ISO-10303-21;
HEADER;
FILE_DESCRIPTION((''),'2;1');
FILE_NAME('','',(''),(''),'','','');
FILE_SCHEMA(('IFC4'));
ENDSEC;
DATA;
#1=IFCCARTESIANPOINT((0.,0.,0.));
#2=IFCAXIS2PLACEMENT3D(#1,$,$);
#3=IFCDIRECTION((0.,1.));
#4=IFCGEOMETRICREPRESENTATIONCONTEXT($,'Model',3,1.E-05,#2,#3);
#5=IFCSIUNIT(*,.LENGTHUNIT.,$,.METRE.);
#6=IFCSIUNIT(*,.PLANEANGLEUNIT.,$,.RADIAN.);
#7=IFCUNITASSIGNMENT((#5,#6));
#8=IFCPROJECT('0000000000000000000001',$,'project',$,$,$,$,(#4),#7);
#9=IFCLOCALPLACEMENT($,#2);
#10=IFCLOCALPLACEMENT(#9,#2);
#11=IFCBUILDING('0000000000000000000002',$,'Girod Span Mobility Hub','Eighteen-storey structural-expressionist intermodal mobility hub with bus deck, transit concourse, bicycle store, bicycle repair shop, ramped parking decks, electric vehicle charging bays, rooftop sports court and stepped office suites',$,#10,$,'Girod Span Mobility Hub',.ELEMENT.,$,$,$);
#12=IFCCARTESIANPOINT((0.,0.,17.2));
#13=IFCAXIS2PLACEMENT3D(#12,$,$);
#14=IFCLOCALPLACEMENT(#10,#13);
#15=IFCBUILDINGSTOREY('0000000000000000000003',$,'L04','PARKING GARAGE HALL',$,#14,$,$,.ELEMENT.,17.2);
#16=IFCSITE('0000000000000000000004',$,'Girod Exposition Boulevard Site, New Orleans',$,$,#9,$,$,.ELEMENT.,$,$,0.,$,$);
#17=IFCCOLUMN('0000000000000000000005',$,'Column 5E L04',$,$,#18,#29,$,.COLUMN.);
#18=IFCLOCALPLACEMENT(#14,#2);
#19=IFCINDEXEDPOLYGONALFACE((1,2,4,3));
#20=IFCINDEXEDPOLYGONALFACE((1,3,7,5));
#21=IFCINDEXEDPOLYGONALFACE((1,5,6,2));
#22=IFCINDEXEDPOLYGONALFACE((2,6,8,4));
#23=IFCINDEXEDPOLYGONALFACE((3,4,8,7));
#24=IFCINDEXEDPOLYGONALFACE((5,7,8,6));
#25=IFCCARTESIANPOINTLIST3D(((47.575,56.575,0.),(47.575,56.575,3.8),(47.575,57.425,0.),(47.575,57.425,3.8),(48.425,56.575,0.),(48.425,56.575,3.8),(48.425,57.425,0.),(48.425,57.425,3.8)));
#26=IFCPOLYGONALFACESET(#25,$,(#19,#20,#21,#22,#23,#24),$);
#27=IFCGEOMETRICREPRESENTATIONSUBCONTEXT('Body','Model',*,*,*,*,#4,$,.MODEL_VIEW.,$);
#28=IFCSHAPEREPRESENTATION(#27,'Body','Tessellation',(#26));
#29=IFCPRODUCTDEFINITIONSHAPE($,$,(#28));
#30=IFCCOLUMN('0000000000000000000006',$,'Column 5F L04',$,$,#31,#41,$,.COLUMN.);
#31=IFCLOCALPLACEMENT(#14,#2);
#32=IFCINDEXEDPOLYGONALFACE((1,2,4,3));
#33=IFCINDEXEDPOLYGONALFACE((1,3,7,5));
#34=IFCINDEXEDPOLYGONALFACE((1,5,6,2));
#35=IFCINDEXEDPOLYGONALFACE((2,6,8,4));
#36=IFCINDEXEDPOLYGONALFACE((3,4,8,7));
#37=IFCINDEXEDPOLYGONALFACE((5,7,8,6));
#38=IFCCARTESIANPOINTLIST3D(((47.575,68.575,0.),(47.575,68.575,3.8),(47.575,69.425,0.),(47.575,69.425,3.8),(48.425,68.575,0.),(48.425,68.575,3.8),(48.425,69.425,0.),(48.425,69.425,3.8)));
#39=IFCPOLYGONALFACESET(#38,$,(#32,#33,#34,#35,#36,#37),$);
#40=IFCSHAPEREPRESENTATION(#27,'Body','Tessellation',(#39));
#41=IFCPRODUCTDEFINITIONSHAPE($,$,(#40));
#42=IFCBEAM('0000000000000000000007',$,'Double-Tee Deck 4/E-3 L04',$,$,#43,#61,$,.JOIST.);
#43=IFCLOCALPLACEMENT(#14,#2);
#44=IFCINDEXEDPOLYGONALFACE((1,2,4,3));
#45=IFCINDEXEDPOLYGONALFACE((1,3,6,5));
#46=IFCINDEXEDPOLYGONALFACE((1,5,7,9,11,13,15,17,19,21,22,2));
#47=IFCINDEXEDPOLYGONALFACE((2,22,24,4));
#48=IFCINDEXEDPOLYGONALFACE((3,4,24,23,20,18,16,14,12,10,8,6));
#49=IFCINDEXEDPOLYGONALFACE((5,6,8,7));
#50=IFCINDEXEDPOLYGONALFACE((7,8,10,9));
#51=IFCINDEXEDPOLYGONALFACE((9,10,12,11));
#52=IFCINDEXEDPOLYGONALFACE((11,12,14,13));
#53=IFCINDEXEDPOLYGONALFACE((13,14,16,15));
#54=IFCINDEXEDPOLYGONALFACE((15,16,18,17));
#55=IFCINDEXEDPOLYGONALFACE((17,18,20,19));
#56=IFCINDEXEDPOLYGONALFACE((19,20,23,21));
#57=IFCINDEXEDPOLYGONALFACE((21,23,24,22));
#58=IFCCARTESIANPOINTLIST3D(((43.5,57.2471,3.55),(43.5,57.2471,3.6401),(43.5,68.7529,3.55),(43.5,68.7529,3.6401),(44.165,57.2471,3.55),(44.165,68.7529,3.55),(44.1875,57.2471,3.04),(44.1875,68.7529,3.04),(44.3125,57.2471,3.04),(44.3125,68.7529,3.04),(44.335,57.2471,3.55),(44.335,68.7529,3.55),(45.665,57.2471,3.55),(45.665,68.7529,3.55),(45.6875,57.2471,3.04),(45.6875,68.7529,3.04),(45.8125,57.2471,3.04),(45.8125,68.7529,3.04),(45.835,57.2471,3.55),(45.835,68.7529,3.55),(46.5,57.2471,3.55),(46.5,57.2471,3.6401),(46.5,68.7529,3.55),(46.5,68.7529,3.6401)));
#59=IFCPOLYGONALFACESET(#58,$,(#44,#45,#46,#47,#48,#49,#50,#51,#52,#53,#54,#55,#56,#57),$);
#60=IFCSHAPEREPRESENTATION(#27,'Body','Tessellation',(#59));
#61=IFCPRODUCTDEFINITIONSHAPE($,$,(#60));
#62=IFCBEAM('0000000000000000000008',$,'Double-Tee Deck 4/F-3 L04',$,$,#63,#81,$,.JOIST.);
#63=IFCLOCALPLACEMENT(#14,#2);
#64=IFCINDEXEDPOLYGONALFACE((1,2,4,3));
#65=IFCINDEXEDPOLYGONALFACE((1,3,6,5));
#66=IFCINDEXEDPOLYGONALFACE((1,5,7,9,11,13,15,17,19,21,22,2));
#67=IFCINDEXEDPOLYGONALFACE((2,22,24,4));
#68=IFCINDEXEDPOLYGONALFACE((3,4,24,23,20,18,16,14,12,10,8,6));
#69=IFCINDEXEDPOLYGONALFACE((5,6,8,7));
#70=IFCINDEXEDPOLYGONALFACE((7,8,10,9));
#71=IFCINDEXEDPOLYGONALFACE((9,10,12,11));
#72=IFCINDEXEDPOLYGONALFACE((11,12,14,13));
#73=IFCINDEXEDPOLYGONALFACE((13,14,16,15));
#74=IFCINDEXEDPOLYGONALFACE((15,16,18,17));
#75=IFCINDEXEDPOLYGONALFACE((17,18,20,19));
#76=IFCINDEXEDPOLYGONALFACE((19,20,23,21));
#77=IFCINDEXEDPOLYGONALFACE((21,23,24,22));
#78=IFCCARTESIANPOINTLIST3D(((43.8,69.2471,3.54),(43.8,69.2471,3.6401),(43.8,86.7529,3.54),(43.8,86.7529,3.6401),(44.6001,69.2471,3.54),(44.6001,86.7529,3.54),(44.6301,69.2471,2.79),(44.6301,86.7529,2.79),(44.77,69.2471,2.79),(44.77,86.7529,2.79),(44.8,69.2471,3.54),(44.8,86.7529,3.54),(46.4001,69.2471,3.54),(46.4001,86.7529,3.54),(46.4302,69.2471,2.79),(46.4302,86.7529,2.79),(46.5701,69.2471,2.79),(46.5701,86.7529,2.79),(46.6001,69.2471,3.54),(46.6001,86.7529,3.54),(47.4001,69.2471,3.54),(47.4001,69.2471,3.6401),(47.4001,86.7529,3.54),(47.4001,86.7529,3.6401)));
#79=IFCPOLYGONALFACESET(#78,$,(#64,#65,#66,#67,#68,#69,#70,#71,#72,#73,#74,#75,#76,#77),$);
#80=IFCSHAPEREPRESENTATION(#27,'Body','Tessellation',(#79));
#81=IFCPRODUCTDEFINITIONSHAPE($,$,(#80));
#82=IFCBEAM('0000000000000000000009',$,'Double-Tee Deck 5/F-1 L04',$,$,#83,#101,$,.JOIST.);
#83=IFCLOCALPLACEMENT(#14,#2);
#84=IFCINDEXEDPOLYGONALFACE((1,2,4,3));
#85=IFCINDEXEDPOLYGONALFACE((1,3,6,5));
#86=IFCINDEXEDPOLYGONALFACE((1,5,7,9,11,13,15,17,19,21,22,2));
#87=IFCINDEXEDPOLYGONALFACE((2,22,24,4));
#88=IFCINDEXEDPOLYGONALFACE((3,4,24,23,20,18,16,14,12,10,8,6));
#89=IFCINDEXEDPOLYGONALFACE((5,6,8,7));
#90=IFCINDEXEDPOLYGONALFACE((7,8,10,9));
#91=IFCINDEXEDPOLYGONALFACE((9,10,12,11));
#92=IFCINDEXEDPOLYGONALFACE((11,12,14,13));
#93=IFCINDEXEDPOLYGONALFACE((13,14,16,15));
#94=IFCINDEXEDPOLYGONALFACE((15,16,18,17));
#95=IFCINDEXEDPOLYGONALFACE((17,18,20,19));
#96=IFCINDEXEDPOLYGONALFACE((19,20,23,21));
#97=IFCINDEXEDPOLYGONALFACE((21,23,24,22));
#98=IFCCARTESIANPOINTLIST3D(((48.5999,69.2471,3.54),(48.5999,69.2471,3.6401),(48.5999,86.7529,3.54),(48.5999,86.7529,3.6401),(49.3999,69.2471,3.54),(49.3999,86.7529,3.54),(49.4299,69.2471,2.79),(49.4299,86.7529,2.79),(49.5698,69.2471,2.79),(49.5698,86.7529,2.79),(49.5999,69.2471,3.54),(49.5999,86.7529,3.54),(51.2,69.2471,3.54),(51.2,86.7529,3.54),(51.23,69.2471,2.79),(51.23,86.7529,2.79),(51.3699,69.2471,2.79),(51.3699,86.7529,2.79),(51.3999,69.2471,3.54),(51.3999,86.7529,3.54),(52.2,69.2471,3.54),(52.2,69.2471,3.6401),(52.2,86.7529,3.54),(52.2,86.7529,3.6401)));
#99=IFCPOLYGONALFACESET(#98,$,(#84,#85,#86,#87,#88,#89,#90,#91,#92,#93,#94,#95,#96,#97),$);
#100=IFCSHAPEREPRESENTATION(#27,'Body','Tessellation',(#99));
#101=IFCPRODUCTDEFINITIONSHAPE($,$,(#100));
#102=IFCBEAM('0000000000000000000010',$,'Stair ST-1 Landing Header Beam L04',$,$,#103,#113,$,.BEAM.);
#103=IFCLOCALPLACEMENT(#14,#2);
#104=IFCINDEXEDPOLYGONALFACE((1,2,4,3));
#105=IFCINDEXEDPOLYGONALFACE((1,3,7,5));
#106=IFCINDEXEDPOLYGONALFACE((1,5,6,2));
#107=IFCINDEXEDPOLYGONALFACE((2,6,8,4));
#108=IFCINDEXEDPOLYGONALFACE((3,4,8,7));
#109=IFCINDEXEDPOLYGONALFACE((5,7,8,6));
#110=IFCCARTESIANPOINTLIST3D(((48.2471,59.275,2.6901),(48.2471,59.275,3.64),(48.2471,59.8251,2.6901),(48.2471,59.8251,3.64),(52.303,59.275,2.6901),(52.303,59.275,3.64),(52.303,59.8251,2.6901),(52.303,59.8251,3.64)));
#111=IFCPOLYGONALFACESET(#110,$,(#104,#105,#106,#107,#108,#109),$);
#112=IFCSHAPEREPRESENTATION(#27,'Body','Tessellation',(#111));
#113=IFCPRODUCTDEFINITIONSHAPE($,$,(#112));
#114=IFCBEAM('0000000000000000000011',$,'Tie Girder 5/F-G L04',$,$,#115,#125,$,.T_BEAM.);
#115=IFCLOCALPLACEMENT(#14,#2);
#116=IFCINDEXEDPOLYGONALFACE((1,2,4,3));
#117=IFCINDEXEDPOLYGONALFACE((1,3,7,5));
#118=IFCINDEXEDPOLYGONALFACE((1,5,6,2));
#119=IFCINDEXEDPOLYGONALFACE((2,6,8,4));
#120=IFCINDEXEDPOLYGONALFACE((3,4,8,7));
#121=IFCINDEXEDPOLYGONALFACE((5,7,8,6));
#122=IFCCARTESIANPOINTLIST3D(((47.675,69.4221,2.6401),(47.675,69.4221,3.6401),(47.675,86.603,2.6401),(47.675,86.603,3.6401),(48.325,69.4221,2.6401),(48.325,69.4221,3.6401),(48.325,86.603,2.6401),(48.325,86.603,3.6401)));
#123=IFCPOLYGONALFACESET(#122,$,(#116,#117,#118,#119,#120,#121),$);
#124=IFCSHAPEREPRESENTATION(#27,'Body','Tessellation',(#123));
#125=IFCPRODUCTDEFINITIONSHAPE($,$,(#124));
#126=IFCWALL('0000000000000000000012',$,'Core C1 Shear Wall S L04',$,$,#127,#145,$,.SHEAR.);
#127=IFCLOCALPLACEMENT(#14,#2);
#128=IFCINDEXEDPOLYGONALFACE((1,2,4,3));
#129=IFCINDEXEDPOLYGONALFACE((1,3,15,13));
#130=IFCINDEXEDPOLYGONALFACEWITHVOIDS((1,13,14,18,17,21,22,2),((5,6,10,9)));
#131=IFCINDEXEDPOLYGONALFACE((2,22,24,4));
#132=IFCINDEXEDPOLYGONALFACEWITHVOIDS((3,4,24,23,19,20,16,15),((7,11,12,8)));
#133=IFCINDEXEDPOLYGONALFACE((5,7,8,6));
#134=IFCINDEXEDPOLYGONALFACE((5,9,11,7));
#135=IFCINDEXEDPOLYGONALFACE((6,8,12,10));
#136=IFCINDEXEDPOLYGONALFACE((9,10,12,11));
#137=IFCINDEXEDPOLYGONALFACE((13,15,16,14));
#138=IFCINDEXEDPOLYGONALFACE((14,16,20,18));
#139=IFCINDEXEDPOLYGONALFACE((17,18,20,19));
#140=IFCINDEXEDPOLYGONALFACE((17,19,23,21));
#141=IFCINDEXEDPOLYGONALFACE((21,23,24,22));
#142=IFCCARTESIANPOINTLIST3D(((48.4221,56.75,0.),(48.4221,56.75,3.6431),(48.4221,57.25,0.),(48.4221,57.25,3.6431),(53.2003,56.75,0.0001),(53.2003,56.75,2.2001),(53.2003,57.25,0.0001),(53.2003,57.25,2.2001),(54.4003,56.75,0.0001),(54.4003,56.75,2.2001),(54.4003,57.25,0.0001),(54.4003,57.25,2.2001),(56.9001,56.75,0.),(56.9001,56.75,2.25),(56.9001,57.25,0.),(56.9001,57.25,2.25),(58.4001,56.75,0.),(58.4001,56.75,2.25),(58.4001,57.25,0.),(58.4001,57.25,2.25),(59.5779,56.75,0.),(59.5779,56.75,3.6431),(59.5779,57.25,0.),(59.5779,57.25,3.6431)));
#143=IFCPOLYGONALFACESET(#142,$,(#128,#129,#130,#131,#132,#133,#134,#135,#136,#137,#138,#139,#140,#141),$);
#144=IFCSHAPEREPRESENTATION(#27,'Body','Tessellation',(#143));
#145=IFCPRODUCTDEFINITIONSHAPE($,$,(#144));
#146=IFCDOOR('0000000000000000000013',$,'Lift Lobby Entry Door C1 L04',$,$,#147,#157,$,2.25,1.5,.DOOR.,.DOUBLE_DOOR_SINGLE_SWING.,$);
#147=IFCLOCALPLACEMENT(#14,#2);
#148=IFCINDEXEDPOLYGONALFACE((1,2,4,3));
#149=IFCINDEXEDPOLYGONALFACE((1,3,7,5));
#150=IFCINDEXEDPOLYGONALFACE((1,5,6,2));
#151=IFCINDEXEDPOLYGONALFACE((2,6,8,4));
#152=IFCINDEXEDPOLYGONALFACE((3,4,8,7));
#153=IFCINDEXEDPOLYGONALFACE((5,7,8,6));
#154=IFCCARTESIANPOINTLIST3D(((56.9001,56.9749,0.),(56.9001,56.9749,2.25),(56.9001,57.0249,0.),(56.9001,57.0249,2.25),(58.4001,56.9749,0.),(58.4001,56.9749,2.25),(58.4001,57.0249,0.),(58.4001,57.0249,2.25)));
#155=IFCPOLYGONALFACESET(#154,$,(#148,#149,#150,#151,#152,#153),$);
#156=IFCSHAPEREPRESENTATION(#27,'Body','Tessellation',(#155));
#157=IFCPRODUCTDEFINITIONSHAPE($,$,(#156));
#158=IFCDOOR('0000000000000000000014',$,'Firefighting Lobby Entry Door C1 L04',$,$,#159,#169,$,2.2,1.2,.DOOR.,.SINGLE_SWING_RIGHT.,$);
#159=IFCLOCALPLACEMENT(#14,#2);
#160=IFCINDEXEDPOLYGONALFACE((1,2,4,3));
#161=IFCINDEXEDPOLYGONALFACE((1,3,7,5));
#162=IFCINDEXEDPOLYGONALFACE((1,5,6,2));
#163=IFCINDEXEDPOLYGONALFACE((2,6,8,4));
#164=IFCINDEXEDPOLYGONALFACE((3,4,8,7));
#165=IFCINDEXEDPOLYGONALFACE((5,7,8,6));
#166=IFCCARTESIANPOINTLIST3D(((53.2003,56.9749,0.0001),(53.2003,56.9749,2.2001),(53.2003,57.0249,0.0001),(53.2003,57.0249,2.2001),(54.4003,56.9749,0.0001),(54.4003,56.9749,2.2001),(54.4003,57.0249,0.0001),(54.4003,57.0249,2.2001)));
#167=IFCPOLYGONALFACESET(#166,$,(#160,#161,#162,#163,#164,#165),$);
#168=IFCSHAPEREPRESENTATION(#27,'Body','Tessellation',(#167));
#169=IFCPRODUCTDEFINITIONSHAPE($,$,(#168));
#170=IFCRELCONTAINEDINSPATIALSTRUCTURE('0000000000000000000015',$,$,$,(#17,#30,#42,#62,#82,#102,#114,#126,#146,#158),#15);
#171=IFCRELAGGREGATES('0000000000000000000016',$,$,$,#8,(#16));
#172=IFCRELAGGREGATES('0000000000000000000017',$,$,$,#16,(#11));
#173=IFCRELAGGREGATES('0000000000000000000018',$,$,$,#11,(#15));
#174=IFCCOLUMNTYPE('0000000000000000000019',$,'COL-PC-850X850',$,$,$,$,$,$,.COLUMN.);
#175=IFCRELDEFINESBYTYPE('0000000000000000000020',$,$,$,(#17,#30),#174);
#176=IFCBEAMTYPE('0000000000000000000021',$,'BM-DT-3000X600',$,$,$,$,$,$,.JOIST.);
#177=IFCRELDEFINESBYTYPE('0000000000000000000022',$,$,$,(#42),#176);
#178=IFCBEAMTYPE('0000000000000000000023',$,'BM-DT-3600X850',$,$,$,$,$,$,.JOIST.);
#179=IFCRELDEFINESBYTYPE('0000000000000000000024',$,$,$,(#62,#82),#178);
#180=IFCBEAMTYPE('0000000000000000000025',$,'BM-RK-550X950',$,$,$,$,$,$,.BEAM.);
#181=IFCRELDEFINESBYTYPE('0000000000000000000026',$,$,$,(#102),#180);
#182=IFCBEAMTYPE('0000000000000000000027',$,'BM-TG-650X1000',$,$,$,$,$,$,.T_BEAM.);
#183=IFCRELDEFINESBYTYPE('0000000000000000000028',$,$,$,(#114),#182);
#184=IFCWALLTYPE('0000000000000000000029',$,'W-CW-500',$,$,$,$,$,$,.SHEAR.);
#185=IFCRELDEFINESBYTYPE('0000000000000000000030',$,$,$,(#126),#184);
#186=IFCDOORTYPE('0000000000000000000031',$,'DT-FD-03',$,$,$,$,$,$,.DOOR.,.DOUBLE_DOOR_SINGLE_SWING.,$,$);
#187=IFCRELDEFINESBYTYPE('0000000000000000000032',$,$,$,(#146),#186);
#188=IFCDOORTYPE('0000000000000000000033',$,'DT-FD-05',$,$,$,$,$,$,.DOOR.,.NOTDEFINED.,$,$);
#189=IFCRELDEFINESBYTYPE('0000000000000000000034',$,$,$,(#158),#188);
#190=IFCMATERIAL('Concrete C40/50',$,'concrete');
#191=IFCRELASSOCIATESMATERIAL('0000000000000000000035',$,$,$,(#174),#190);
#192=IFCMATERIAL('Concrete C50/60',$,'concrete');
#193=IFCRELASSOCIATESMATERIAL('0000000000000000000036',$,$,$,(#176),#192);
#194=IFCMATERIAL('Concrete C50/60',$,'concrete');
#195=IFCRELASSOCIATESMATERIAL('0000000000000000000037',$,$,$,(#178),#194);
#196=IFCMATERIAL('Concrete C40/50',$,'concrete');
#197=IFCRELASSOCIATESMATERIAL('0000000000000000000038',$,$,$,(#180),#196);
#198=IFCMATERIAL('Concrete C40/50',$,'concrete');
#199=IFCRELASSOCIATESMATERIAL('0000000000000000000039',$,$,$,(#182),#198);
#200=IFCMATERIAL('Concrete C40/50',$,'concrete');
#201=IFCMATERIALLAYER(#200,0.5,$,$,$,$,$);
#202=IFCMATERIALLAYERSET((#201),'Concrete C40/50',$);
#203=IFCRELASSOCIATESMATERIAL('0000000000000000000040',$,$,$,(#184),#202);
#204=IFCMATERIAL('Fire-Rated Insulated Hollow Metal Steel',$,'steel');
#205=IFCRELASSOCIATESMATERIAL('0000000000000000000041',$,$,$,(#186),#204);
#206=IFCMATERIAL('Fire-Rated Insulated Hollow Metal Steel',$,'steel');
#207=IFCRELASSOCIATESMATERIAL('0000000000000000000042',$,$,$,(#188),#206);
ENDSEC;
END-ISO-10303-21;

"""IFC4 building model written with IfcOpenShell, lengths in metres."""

from ifc_helpers import new_model, si_unit, direction, frame, frame_2d, origin, origin_2d, place, context, subcontext, project, spatial, polyline, rectangle, outline, extrude, material, layer, layer_set, material_profile, profile_set, type_object, element, fill, save


model = new_model("IFC4")

# Units and contexts
model_context = context("Model", 3, precision=1e-05, world=origin(), true_north=direction((0.0, 1.0)))
body_context = subcontext(model_context, "Body", "Model", "MODEL_VIEW")
ifc_project = project(units=[si_unit("LENGTHUNIT", "METRE"), si_unit("PLANEANGLEUNIT", "RADIAN")], contexts=[model_context])

# Site, building, storey
site_placement = place(None, origin())
site = spatial("IfcSite", under=ifc_project, at=site_placement, Name="Girod Exposition Boulevard Site, New Orleans", CompositionType="ELEMENT", RefElevation=0.0)
building_placement = place(site_placement, origin())
building = spatial("IfcBuilding", under=site, at=building_placement, Name="Girod Span Mobility Hub", Description="Eighteen-storey structural-expressionist intermodal mobility hub with bus deck, transit concourse, bicycle store, bicycle repair shop, ramped parking decks, electric vehicle charging bays, rooftop sports court and stepped office suites", LongName="Girod Span Mobility Hub", CompositionType="ELEMENT")
storey_placement = place(building_placement, frame((0.0, 0.0, 17.2)))
storey = spatial("IfcBuildingStorey", under=building, at=storey_placement, Name="L04", Description="PARKING GARAGE HALL", CompositionType="ELEMENT", Elevation=17.2)

# Columns
ifc_material_1 = material(Name="Concrete C40/50", Category="concrete")
ifc_material_profile_1 = material_profile(ifc_material_1, rectangle(XDim=0.8501, YDim=0.8501, at=origin_2d()), Name="PC-COL-850X850")
ifc_profile_set_1 = profile_set([ifc_material_profile_1], Name="Concrete C40/50")
column_type = type_object("IfcColumnType", Name="COL-PC-850X850", PredefinedType="COLUMN", material=ifc_profile_set_1)
for number, where, z_axis, x_axis, name in (
    (1, (48.0, 57.0, 0.0), (0.0, 0.0, 1.0), (1.0, 0.0, 0.0), "Column 5E L04"),
    (2, (48.0, 69.0, 0.0), (0.0, 0.0, 1.0), (1.0, 0.0, 0.0), "Column 5F L04"),
):
    element("IfcColumn", number, at=place(storey_placement, frame(where, z_axis=z_axis, x_axis=x_axis)), inside=storey, type_object=column_type, Name=name, PredefinedType="COLUMN", context=body_context, shape_type="SweptSolid", body=[
        extrude(rectangle(XDim=0.8501, YDim=0.8501, at=origin_2d()), origin(), (0.0, 0.0, 1.0), 3.8),
    ])

# Beams
ifc_material_2 = material(Name="Concrete C50/60", Category="concrete")
ifc_material_profile_2 = material_profile(ifc_material_2, outline(polyline([(-1.5, 0.3), (-1.5, 0.21), (-0.835, 0.21), (-0.8125, -0.3), (-0.6875, -0.3), (-0.665, 0.21), (0.665, 0.21), (0.6875, -0.3), (0.8125, -0.3), (0.835, 0.21), (1.5, 0.21), (1.5, 0.3), (-1.5, 0.3)])), Name="DT-3000X600")
ifc_profile_set_2 = profile_set([ifc_material_profile_2], Name="Concrete C50/60")
beam_type_1 = type_object("IfcBeamType", Name="BM-DT-3000X600", PredefinedType="JOIST", material=ifc_profile_set_2)
beam_1_placement = place(storey_placement, frame((45.0, 57.2471, 3.3401), z_axis=(0.0, 1.0, 0.0), x_axis=(-1.0, 0.0, 0.0)))
element("IfcBeam", 3, at=beam_1_placement, inside=storey, type_object=beam_type_1, Name="Double-Tee Deck 4/E-3 L04", PredefinedType="JOIST", context=body_context, shape_type="SweptSolid", body=[
    extrude(outline(polyline([(-1.5, 0.3), (-1.5, 0.21), (-0.835, 0.21), (-0.8125, -0.3), (-0.6875, -0.3), (-0.665, 0.21), (0.665, 0.21), (0.6875, -0.3), (0.8125, -0.3), (0.835, 0.21), (1.5, 0.21), (1.5, 0.3), (-1.5, 0.3)])), origin(), (0.0, 0.0, 1.0), 11.5059),
])
ifc_material_3 = material(Name="Concrete C50/60", Category="concrete")
ifc_material_profile_3 = material_profile(ifc_material_3, outline(polyline([(-1.8, 0.425), (-1.8, 0.325), (-1.0, 0.325), (-0.97, -0.425), (-0.8301, -0.425), (-0.8, 0.325), (0.8, 0.325), (0.8301, -0.425), (0.97, -0.425), (1.0, 0.325), (1.8, 0.325), (1.8, 0.425), (-1.8, 0.425)])), Name="DT-3600X850")
ifc_profile_set_3 = profile_set([ifc_material_profile_3], Name="Concrete C50/60")
beam_type_2 = type_object("IfcBeamType", Name="BM-DT-3600X850", PredefinedType="JOIST", material=ifc_profile_set_3)
for number, where, z_axis, x_axis, name in (
    (4, (45.6001, 69.2471, 3.2151), (0.0, 1.0, 0.0), (-1.0, 0.0, 0.0), "Double-Tee Deck 4/F-3 L04"),
    (5, (50.3999, 69.2471, 3.2151), (0.0, 1.0, 0.0), (-1.0, 0.0, 0.0), "Double-Tee Deck 5/F-1 L04"),
):
    element("IfcBeam", number, at=place(storey_placement, frame(where, z_axis=z_axis, x_axis=x_axis)), inside=storey, type_object=beam_type_2, Name=name, PredefinedType="JOIST", context=body_context, shape_type="SweptSolid", body=[
        extrude(outline(polyline([(-1.8, 0.425), (-1.8, 0.325), (-1.0, 0.325), (-0.97, -0.425), (-0.8301, -0.425), (-0.8, 0.325), (0.8, 0.325), (0.8301, -0.425), (0.97, -0.425), (1.0, 0.325), (1.8, 0.325), (1.8, 0.425), (-1.8, 0.425)])), origin(), (0.0, 0.0, 1.0), 17.5059),
    ])
ifc_material_4 = material(Name="Concrete C40/50", Category="concrete")
ifc_material_profile_4 = material_profile(ifc_material_4, rectangle(XDim=0.55, YDim=0.95, at=origin_2d()), Name="RK-550X950")
ifc_profile_set_4 = profile_set([ifc_material_profile_4], Name="Concrete C40/50")
beam_type_3 = type_object("IfcBeamType", Name="BM-RK-550X950", PredefinedType="BEAM", material=ifc_profile_set_4)
beam_2_placement = place(storey_placement, frame((48.2471, 59.55, 3.165), z_axis=(1.0, 0.0, 0.0), x_axis=(0.0, 1.0, 0.0)))
element("IfcBeam", 6, at=beam_2_placement, inside=storey, type_object=beam_type_3, Name="Stair ST-1 Landing Header Beam L04", PredefinedType="BEAM", context=body_context, shape_type="SweptSolid", body=[
    extrude(rectangle(XDim=0.55, YDim=0.95, at=origin_2d()), origin(), (0.0, 0.0, 1.0), 4.0559),
])
ifc_material_5 = material(Name="Concrete C40/50", Category="concrete")
ifc_material_profile_5 = material_profile(ifc_material_5, rectangle(XDim=0.6499, YDim=1.0, at=origin_2d()), Name="TG-650X1000")
ifc_profile_set_5 = profile_set([ifc_material_profile_5], Name="Concrete C40/50")
beam_type_4 = type_object("IfcBeamType", Name="BM-TG-650X1000", PredefinedType="T_BEAM", material=ifc_profile_set_5)
beam_3_placement = place(storey_placement, frame((48.0, 69.4221, 3.1401), z_axis=(0.0, 1.0, 0.0), x_axis=(-1.0, 0.0, 0.0)))
element("IfcBeam", 7, at=beam_3_placement, inside=storey, type_object=beam_type_4, Name="Tie Girder 5/F-G L04", PredefinedType="T_BEAM", context=body_context, shape_type="SweptSolid", body=[
    extrude(rectangle(XDim=0.6499, YDim=1.0, at=origin_2d()), origin(), (0.0, 0.0, 1.0), 17.1809),
])

# Wall, openings, doors
ifc_material_6 = material(Name="Concrete C40/50", Category="concrete")
ifc_layer_1 = layer(ifc_material_6, 0.5)
ifc_layer_set_1 = layer_set([ifc_layer_1], Name="Concrete C40/50")
wall_type = type_object("IfcWallType", Name="W-CW-500", PredefinedType="SHEAR", material=ifc_layer_set_1)
wall_placement = place(storey_placement, frame((48.4221, 57.0, 0.0), z_axis=(0.0, 0.0, 1.0), x_axis=(1.0, 0.0, 0.0)))
wall = element("IfcWall", 8, at=wall_placement, inside=storey, type_object=wall_type, Name="Core C1 Shear Wall S L04", PredefinedType="SHEAR", context=body_context, shape_type="SweptSolid", body=[
    extrude(rectangle(XDim=11.1558, YDim=0.5, at=frame_2d((5.5779, 0.0))), origin(), (0.0, 0.0, 1.0), 3.6431),
])
opening_1_placement = place(wall_placement, frame((4.7781, 0.0, 0.0)))
opening_1 = element("IfcOpeningElement", 9, at=opening_1_placement, cuts=wall, PredefinedType="OPENING", context=body_context, shape_type="SweptSolid", body=[
    extrude(rectangle(XDim=1.2, YDim=2.2, at=frame_2d((0.6001, 1.1001))), frame((0.0, 0.2649, 0.0), z_axis=(0.0, -1.0, 0.0), x_axis=(1.0, 0.0, 0.0)), (0.0, 0.0, 1.0), 0.53),
])
opening_2_placement = place(wall_placement, frame((8.478, 0.0, 0.0)))
opening_2 = element("IfcOpeningElement", 10, at=opening_2_placement, cuts=wall, PredefinedType="OPENING", context=body_context, shape_type="SweptSolid", body=[
    extrude(rectangle(XDim=1.5, YDim=2.25, at=frame_2d((0.75, 1.125))), frame((0.0, 0.2649, 0.0), z_axis=(0.0, -1.0, 0.0), x_axis=(1.0, 0.0, 0.0)), (0.0, 0.0, 1.0), 0.53),
])
ifc_material_7 = material(Name="Fire-Rated Insulated Hollow Metal Steel", Category="steel")
door_type_1 = type_object("IfcDoorType", Name="DT-FD-03", OperationType="DOUBLE_DOOR_SINGLE_SWING", PredefinedType="DOOR", material=ifc_material_7)
door_1_placement = place(opening_2_placement, origin())
door_1 = element("IfcDoor", 11, at=door_1_placement, inside=storey, type_object=door_type_1, Name="Lift Lobby Entry Door C1 L04", OperationType="DOUBLE_DOOR_SINGLE_SWING", OverallHeight=2.25, OverallWidth=1.5, PredefinedType="DOOR", context=body_context, shape_type="SweptSolid", body=[
    extrude(rectangle(XDim=1.5, YDim=2.25, at=frame_2d((0.75, 1.125))), frame((0.0, 0.0249, 0.0), z_axis=(0.0, -1.0, 0.0), x_axis=(1.0, 0.0, 0.0)), (0.0, 0.0, 1.0), 0.05),
])
fill(opening_2, door_1)
ifc_material_8 = material(Name="Fire-Rated Insulated Hollow Metal Steel", Category="steel")
door_type_2 = type_object("IfcDoorType", Name="DT-FD-05", OperationType="NOTDEFINED", PredefinedType="DOOR", material=ifc_material_8)
door_2_placement = place(opening_1_placement, origin())
door_2 = element("IfcDoor", 12, at=door_2_placement, inside=storey, type_object=door_type_2, Name="Firefighting Lobby Entry Door C1 L04", OperationType="SINGLE_SWING_RIGHT", OverallHeight=2.2, OverallWidth=1.2, PredefinedType="DOOR", context=body_context, shape_type="SweptSolid", body=[
    extrude(rectangle(XDim=1.2, YDim=2.2, at=frame_2d((0.6001, 1.1001))), frame((0.0, 0.0249, 0.0), z_axis=(0.0, -1.0, 0.0), x_axis=(1.0, 0.0, 0.0)), (0.0, 0.0, 1.0), 0.05),
])
fill(opening_1, door_2)

save(model, "model.ifc")
